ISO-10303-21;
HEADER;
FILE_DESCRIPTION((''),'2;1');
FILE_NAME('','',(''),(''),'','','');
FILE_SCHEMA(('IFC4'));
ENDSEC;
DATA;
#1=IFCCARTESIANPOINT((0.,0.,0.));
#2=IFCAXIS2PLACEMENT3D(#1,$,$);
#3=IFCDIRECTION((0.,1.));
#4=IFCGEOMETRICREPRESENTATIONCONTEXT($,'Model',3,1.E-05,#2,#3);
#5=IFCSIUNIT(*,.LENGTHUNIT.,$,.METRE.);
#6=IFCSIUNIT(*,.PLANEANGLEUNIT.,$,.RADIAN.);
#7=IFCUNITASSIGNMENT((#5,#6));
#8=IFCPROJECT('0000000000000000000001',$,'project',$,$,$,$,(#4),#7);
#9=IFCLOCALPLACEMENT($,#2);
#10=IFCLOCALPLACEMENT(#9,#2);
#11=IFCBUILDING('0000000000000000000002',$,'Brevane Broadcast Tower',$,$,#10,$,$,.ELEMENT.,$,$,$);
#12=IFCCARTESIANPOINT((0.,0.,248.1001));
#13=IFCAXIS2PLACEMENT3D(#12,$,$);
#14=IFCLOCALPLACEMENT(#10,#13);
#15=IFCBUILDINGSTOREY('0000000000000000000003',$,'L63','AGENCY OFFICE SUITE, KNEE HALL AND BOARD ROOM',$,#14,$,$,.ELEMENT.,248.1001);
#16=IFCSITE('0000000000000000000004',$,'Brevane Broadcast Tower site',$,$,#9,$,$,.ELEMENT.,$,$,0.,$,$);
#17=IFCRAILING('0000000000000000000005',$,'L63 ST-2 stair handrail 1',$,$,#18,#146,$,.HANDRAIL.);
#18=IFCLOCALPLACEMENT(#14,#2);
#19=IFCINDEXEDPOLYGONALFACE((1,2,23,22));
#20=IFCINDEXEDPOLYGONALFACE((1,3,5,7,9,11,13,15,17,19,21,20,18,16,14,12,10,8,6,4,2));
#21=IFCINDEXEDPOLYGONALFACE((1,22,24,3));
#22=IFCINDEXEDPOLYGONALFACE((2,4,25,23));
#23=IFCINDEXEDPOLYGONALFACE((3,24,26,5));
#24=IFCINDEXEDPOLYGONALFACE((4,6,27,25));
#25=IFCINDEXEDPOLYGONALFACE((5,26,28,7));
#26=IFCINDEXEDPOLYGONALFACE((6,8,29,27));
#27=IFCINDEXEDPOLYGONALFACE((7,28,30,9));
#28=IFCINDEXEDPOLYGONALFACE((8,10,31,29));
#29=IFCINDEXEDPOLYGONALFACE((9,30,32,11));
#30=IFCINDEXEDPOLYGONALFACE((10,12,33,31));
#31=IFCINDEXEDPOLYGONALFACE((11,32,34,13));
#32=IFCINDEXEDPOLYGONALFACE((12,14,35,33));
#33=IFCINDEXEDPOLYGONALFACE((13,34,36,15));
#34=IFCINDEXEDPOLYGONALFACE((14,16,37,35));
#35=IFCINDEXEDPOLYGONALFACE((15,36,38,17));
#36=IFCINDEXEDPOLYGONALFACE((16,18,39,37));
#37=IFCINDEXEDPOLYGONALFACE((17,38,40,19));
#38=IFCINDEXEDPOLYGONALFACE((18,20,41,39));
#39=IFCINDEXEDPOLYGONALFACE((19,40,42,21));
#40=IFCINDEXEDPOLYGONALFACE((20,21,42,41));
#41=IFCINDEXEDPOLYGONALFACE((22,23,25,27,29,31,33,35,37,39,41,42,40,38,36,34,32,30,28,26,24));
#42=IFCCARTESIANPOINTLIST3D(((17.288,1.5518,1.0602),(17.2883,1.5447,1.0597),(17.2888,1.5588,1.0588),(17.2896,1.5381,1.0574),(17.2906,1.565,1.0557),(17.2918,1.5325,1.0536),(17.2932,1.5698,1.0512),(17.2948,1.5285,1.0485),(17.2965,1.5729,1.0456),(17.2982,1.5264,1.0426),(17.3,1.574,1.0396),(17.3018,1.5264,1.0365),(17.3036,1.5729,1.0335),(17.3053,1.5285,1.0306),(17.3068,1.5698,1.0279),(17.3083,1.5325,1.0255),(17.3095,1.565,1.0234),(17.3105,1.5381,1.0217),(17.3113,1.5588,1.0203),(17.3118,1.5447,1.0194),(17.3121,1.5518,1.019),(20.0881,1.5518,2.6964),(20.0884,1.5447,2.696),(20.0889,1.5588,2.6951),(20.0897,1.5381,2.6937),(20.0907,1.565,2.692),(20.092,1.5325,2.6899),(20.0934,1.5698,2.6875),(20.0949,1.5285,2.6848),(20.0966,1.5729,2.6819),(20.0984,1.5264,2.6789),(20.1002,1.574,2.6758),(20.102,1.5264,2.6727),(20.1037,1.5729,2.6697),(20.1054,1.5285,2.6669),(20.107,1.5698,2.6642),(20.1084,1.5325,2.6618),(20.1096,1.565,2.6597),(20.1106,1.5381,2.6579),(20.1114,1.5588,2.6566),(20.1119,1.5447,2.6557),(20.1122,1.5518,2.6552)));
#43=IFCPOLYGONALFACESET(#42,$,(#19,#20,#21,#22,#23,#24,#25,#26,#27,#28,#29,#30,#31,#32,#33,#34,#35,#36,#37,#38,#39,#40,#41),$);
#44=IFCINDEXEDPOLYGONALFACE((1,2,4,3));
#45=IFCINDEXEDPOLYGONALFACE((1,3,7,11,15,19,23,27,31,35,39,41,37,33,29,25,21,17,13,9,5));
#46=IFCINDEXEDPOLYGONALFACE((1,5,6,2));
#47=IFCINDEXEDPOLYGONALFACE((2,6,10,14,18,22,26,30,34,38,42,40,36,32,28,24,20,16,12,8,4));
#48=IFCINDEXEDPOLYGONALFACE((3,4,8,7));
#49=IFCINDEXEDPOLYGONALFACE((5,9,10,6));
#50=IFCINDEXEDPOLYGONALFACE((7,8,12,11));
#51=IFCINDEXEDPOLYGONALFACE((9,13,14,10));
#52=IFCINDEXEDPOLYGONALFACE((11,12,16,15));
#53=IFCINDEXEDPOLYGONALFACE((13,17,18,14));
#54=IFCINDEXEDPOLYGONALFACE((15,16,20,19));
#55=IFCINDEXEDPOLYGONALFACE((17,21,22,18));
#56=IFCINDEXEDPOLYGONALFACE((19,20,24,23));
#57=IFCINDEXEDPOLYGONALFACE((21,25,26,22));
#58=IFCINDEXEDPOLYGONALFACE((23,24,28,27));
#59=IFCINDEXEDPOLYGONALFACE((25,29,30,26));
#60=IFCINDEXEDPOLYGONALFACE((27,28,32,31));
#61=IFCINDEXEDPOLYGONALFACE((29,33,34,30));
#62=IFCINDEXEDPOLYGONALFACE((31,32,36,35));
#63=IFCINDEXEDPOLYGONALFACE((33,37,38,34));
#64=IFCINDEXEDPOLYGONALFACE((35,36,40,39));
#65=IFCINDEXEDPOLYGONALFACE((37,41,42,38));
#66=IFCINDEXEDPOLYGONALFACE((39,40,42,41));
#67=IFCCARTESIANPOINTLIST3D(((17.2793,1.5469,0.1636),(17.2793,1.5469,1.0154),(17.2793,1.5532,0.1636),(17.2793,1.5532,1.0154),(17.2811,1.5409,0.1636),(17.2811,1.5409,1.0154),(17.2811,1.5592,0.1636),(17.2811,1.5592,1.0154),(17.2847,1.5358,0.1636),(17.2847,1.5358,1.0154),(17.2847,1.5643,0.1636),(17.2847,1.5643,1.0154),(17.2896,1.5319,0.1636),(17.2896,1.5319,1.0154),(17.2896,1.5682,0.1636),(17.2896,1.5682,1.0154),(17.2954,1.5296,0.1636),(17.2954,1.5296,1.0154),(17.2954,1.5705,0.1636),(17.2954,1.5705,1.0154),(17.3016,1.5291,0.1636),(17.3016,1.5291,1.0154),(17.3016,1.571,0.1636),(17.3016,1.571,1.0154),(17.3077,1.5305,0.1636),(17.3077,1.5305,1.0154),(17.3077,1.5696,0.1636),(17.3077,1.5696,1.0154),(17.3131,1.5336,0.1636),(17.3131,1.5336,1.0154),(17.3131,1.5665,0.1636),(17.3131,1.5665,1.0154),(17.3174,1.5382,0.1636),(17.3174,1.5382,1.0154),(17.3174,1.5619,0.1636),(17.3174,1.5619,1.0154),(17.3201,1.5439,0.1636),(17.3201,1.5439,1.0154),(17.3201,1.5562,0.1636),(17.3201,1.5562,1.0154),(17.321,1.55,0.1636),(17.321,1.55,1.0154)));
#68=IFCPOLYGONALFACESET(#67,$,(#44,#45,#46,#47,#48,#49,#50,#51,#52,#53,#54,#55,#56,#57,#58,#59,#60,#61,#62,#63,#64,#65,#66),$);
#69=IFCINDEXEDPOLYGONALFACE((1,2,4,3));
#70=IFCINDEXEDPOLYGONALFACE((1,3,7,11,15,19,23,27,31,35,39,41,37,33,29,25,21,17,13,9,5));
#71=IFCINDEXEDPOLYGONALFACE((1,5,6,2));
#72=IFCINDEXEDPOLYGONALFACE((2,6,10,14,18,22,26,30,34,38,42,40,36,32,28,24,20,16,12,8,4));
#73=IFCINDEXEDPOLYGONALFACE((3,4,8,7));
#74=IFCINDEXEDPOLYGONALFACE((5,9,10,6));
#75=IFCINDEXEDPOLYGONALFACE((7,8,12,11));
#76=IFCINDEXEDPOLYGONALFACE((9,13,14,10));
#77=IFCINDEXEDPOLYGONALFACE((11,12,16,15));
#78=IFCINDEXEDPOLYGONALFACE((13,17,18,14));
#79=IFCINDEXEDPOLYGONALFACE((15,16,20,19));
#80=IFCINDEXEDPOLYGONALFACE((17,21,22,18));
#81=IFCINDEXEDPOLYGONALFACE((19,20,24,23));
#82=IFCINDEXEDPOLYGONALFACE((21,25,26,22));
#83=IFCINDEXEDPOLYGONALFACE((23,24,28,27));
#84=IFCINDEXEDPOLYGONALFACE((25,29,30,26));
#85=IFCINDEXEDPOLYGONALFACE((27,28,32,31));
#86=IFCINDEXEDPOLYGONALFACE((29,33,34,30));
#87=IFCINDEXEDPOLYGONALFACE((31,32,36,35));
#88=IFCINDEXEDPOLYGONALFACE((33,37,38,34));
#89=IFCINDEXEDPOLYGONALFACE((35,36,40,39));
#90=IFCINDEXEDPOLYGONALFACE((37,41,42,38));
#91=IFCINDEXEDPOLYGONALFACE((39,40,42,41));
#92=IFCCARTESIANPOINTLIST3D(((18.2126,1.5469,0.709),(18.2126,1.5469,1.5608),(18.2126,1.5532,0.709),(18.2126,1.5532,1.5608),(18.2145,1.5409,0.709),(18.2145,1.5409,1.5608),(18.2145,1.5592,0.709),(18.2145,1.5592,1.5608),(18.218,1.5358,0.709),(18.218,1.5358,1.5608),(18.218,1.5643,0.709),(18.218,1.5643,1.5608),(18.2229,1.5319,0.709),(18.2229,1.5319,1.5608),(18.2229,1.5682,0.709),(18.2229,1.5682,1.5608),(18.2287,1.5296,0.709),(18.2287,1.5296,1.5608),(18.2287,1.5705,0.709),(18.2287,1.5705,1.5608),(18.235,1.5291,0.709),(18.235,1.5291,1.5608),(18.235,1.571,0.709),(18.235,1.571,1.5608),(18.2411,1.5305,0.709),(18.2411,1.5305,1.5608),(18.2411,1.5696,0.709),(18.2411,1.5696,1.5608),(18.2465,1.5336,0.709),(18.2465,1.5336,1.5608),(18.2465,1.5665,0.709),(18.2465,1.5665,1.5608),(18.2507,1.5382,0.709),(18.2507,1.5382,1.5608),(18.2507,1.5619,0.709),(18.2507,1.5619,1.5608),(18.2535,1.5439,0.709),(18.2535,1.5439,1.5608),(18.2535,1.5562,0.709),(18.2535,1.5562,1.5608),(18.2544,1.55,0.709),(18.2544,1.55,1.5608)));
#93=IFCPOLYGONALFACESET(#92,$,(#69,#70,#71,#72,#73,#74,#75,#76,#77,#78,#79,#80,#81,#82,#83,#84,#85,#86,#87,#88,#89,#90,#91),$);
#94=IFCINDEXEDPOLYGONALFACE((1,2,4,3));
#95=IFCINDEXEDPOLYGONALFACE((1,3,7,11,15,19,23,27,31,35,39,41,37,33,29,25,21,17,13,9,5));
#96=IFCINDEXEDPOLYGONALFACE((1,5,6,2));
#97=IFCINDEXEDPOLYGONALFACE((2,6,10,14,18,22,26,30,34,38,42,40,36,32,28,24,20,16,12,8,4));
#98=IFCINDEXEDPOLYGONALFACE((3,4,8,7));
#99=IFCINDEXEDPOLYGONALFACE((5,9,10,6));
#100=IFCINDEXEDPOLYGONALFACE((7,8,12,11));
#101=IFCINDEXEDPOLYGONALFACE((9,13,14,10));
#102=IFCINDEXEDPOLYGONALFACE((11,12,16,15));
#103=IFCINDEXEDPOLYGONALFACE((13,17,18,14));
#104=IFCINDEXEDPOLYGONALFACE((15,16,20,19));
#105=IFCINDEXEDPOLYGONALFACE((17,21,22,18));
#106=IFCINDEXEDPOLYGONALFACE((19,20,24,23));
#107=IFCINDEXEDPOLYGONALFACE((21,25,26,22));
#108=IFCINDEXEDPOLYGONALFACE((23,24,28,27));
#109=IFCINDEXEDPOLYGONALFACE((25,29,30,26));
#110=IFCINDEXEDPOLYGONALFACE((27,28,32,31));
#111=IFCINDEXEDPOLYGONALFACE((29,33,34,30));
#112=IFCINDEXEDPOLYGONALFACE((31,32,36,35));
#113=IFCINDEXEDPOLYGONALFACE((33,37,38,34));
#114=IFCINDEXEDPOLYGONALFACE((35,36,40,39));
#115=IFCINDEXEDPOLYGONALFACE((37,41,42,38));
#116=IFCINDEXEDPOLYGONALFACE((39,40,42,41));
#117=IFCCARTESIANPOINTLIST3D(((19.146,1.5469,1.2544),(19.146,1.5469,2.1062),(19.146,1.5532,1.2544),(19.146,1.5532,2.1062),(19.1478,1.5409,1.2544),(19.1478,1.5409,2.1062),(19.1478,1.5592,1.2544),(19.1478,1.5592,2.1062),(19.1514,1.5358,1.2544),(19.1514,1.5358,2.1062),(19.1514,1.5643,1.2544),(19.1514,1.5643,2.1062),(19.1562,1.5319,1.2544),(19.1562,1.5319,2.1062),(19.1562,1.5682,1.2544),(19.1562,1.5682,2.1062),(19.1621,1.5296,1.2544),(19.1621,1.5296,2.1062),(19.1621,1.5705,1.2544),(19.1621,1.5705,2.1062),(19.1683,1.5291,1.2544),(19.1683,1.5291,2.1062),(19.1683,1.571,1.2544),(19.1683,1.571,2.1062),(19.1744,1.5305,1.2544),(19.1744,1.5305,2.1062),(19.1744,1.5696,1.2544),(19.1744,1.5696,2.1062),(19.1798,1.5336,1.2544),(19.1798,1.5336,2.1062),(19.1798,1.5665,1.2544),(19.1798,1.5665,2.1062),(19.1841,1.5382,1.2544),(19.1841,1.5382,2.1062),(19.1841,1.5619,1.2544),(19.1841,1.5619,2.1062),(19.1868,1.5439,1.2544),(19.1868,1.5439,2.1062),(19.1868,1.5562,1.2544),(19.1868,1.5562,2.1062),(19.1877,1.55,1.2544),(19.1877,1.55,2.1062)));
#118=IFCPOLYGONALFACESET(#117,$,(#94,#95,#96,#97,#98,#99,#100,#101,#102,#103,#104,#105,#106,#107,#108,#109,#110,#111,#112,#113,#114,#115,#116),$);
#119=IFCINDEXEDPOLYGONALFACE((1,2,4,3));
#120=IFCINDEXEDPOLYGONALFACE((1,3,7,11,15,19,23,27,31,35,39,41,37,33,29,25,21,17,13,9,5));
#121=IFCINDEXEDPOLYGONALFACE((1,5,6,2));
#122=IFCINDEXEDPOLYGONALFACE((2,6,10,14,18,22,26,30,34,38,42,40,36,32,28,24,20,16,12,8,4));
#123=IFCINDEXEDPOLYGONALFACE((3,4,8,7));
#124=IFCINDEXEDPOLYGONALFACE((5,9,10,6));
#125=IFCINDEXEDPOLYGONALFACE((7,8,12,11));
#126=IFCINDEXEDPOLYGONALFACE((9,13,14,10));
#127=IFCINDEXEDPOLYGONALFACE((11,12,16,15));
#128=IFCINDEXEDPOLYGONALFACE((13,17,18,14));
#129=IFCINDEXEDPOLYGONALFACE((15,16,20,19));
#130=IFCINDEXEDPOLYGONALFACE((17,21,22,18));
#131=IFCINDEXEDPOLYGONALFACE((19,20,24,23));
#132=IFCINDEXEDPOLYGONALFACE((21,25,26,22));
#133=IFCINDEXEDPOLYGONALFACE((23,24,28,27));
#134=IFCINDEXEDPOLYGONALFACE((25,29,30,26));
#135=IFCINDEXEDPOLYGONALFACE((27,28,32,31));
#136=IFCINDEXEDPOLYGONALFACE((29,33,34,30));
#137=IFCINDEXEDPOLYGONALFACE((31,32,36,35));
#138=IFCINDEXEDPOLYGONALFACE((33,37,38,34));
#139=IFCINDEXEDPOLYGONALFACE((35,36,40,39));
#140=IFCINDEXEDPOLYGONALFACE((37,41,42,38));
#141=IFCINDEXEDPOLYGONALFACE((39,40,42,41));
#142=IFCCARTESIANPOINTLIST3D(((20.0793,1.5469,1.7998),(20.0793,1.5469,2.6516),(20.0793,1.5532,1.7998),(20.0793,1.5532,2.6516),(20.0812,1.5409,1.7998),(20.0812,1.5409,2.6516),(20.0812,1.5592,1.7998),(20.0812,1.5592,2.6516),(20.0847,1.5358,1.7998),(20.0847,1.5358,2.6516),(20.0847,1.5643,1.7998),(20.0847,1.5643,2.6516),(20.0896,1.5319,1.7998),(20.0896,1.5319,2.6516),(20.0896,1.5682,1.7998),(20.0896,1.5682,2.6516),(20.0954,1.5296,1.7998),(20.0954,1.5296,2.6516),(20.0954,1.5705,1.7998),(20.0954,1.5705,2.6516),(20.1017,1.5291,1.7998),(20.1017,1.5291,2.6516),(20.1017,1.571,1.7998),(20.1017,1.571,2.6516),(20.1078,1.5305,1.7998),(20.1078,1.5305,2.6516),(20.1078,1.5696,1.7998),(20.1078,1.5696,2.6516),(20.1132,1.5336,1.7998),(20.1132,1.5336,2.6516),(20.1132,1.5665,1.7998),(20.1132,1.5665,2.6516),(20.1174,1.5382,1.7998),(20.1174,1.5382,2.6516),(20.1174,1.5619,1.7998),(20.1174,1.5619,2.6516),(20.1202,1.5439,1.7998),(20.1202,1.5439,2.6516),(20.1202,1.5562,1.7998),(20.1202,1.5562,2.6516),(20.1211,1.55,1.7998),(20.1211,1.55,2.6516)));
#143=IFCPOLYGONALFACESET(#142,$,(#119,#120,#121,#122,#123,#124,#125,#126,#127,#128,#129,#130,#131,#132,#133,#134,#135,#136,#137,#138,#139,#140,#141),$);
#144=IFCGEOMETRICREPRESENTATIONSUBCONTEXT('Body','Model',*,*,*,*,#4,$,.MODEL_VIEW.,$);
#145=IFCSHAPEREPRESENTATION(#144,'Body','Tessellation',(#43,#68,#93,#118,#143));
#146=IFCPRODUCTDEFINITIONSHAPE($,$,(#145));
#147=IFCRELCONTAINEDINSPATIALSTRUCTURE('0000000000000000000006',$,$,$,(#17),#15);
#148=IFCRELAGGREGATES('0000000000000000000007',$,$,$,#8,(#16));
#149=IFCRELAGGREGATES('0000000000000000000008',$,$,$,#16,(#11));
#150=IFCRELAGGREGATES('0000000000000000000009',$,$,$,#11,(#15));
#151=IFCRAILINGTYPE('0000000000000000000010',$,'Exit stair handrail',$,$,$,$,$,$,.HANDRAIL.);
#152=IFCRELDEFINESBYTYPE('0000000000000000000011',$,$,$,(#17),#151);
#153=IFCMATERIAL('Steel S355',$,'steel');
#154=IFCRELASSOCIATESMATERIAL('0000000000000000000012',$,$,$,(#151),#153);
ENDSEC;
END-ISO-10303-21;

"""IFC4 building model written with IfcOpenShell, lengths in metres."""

from ifc_helpers import new_model, si_unit, direction, frame, origin, origin_2d, place, context, subcontext, project, spatial, circle, extrude, material, type_object, element, save


model = new_model("IFC4")

# Units and contexts
model_context = context("Model", 3, precision=1e-05, world=origin(), true_north=direction((0.0, 1.0)))
body_context = subcontext(model_context, "Body", "Model", "MODEL_VIEW")
ifc_project = project(units=[si_unit("LENGTHUNIT", "METRE"), si_unit("PLANEANGLEUNIT", "RADIAN")], contexts=[model_context])

# Site, building, storey
site_placement = place(None, origin())
site = spatial("IfcSite", under=ifc_project, at=site_placement, Name="Brevane Broadcast Tower site", CompositionType="ELEMENT", RefElevation=0.0)
building_placement = place(site_placement, origin())
building = spatial("IfcBuilding", under=site, at=building_placement, Name="Brevane Broadcast Tower", CompositionType="ELEMENT")
storey_placement = place(building_placement, frame((0.0, 0.0, 248.1001)))
storey = spatial("IfcBuildingStorey", under=building, at=storey_placement, Name="L63", Description="AGENCY OFFICE SUITE, KNEE HALL AND BOARD ROOM", CompositionType="ELEMENT", Elevation=248.1001)

# Railing
ifc_material_1 = material(Name="Steel S355", Category="steel")
railing_type_1 = type_object("IfcRailingType", Name="Exit stair handrail", PredefinedType="HANDRAIL", material=ifc_material_1)
railing_1_placement = place(storey_placement, frame((17.3, 1.55, 0.1636)))
element("IfcRailing", 1, at=railing_1_placement, inside=storey, type_object=railing_type_1, Name="L63 ST-2 stair handrail 1", PredefinedType="HANDRAIL", context=body_context, shape_type="SweptSolid", body=[
    extrude(circle(Radius=0.0239, at=origin_2d()), frame((0.0, 0.0, 0.876), z_axis=(0.863394, 0.0, 0.504531), x_axis=(0.0, 1.0, 0.0)), (0.0, 0.0, 1.0), 3.2432),
    extrude(circle(Radius=0.021, at=origin_2d()), origin(), (0.0, 0.0, 1.0), 0.8518),
    extrude(circle(Radius=0.021, at=origin_2d()), frame((0.9333, 0.0, 0.5454)), (0.0, 0.0, 1.0), 0.8518),
    extrude(circle(Radius=0.021, at=origin_2d()), frame((1.8667, 0.0, 1.0908)), (0.0, 0.0, 1.0), 0.8518),
    extrude(circle(Radius=0.021, at=origin_2d()), frame((2.8, 0.0, 1.6362)), (0.0, 0.0, 1.0), 0.8518),
])

save(model, "model.ifc")
